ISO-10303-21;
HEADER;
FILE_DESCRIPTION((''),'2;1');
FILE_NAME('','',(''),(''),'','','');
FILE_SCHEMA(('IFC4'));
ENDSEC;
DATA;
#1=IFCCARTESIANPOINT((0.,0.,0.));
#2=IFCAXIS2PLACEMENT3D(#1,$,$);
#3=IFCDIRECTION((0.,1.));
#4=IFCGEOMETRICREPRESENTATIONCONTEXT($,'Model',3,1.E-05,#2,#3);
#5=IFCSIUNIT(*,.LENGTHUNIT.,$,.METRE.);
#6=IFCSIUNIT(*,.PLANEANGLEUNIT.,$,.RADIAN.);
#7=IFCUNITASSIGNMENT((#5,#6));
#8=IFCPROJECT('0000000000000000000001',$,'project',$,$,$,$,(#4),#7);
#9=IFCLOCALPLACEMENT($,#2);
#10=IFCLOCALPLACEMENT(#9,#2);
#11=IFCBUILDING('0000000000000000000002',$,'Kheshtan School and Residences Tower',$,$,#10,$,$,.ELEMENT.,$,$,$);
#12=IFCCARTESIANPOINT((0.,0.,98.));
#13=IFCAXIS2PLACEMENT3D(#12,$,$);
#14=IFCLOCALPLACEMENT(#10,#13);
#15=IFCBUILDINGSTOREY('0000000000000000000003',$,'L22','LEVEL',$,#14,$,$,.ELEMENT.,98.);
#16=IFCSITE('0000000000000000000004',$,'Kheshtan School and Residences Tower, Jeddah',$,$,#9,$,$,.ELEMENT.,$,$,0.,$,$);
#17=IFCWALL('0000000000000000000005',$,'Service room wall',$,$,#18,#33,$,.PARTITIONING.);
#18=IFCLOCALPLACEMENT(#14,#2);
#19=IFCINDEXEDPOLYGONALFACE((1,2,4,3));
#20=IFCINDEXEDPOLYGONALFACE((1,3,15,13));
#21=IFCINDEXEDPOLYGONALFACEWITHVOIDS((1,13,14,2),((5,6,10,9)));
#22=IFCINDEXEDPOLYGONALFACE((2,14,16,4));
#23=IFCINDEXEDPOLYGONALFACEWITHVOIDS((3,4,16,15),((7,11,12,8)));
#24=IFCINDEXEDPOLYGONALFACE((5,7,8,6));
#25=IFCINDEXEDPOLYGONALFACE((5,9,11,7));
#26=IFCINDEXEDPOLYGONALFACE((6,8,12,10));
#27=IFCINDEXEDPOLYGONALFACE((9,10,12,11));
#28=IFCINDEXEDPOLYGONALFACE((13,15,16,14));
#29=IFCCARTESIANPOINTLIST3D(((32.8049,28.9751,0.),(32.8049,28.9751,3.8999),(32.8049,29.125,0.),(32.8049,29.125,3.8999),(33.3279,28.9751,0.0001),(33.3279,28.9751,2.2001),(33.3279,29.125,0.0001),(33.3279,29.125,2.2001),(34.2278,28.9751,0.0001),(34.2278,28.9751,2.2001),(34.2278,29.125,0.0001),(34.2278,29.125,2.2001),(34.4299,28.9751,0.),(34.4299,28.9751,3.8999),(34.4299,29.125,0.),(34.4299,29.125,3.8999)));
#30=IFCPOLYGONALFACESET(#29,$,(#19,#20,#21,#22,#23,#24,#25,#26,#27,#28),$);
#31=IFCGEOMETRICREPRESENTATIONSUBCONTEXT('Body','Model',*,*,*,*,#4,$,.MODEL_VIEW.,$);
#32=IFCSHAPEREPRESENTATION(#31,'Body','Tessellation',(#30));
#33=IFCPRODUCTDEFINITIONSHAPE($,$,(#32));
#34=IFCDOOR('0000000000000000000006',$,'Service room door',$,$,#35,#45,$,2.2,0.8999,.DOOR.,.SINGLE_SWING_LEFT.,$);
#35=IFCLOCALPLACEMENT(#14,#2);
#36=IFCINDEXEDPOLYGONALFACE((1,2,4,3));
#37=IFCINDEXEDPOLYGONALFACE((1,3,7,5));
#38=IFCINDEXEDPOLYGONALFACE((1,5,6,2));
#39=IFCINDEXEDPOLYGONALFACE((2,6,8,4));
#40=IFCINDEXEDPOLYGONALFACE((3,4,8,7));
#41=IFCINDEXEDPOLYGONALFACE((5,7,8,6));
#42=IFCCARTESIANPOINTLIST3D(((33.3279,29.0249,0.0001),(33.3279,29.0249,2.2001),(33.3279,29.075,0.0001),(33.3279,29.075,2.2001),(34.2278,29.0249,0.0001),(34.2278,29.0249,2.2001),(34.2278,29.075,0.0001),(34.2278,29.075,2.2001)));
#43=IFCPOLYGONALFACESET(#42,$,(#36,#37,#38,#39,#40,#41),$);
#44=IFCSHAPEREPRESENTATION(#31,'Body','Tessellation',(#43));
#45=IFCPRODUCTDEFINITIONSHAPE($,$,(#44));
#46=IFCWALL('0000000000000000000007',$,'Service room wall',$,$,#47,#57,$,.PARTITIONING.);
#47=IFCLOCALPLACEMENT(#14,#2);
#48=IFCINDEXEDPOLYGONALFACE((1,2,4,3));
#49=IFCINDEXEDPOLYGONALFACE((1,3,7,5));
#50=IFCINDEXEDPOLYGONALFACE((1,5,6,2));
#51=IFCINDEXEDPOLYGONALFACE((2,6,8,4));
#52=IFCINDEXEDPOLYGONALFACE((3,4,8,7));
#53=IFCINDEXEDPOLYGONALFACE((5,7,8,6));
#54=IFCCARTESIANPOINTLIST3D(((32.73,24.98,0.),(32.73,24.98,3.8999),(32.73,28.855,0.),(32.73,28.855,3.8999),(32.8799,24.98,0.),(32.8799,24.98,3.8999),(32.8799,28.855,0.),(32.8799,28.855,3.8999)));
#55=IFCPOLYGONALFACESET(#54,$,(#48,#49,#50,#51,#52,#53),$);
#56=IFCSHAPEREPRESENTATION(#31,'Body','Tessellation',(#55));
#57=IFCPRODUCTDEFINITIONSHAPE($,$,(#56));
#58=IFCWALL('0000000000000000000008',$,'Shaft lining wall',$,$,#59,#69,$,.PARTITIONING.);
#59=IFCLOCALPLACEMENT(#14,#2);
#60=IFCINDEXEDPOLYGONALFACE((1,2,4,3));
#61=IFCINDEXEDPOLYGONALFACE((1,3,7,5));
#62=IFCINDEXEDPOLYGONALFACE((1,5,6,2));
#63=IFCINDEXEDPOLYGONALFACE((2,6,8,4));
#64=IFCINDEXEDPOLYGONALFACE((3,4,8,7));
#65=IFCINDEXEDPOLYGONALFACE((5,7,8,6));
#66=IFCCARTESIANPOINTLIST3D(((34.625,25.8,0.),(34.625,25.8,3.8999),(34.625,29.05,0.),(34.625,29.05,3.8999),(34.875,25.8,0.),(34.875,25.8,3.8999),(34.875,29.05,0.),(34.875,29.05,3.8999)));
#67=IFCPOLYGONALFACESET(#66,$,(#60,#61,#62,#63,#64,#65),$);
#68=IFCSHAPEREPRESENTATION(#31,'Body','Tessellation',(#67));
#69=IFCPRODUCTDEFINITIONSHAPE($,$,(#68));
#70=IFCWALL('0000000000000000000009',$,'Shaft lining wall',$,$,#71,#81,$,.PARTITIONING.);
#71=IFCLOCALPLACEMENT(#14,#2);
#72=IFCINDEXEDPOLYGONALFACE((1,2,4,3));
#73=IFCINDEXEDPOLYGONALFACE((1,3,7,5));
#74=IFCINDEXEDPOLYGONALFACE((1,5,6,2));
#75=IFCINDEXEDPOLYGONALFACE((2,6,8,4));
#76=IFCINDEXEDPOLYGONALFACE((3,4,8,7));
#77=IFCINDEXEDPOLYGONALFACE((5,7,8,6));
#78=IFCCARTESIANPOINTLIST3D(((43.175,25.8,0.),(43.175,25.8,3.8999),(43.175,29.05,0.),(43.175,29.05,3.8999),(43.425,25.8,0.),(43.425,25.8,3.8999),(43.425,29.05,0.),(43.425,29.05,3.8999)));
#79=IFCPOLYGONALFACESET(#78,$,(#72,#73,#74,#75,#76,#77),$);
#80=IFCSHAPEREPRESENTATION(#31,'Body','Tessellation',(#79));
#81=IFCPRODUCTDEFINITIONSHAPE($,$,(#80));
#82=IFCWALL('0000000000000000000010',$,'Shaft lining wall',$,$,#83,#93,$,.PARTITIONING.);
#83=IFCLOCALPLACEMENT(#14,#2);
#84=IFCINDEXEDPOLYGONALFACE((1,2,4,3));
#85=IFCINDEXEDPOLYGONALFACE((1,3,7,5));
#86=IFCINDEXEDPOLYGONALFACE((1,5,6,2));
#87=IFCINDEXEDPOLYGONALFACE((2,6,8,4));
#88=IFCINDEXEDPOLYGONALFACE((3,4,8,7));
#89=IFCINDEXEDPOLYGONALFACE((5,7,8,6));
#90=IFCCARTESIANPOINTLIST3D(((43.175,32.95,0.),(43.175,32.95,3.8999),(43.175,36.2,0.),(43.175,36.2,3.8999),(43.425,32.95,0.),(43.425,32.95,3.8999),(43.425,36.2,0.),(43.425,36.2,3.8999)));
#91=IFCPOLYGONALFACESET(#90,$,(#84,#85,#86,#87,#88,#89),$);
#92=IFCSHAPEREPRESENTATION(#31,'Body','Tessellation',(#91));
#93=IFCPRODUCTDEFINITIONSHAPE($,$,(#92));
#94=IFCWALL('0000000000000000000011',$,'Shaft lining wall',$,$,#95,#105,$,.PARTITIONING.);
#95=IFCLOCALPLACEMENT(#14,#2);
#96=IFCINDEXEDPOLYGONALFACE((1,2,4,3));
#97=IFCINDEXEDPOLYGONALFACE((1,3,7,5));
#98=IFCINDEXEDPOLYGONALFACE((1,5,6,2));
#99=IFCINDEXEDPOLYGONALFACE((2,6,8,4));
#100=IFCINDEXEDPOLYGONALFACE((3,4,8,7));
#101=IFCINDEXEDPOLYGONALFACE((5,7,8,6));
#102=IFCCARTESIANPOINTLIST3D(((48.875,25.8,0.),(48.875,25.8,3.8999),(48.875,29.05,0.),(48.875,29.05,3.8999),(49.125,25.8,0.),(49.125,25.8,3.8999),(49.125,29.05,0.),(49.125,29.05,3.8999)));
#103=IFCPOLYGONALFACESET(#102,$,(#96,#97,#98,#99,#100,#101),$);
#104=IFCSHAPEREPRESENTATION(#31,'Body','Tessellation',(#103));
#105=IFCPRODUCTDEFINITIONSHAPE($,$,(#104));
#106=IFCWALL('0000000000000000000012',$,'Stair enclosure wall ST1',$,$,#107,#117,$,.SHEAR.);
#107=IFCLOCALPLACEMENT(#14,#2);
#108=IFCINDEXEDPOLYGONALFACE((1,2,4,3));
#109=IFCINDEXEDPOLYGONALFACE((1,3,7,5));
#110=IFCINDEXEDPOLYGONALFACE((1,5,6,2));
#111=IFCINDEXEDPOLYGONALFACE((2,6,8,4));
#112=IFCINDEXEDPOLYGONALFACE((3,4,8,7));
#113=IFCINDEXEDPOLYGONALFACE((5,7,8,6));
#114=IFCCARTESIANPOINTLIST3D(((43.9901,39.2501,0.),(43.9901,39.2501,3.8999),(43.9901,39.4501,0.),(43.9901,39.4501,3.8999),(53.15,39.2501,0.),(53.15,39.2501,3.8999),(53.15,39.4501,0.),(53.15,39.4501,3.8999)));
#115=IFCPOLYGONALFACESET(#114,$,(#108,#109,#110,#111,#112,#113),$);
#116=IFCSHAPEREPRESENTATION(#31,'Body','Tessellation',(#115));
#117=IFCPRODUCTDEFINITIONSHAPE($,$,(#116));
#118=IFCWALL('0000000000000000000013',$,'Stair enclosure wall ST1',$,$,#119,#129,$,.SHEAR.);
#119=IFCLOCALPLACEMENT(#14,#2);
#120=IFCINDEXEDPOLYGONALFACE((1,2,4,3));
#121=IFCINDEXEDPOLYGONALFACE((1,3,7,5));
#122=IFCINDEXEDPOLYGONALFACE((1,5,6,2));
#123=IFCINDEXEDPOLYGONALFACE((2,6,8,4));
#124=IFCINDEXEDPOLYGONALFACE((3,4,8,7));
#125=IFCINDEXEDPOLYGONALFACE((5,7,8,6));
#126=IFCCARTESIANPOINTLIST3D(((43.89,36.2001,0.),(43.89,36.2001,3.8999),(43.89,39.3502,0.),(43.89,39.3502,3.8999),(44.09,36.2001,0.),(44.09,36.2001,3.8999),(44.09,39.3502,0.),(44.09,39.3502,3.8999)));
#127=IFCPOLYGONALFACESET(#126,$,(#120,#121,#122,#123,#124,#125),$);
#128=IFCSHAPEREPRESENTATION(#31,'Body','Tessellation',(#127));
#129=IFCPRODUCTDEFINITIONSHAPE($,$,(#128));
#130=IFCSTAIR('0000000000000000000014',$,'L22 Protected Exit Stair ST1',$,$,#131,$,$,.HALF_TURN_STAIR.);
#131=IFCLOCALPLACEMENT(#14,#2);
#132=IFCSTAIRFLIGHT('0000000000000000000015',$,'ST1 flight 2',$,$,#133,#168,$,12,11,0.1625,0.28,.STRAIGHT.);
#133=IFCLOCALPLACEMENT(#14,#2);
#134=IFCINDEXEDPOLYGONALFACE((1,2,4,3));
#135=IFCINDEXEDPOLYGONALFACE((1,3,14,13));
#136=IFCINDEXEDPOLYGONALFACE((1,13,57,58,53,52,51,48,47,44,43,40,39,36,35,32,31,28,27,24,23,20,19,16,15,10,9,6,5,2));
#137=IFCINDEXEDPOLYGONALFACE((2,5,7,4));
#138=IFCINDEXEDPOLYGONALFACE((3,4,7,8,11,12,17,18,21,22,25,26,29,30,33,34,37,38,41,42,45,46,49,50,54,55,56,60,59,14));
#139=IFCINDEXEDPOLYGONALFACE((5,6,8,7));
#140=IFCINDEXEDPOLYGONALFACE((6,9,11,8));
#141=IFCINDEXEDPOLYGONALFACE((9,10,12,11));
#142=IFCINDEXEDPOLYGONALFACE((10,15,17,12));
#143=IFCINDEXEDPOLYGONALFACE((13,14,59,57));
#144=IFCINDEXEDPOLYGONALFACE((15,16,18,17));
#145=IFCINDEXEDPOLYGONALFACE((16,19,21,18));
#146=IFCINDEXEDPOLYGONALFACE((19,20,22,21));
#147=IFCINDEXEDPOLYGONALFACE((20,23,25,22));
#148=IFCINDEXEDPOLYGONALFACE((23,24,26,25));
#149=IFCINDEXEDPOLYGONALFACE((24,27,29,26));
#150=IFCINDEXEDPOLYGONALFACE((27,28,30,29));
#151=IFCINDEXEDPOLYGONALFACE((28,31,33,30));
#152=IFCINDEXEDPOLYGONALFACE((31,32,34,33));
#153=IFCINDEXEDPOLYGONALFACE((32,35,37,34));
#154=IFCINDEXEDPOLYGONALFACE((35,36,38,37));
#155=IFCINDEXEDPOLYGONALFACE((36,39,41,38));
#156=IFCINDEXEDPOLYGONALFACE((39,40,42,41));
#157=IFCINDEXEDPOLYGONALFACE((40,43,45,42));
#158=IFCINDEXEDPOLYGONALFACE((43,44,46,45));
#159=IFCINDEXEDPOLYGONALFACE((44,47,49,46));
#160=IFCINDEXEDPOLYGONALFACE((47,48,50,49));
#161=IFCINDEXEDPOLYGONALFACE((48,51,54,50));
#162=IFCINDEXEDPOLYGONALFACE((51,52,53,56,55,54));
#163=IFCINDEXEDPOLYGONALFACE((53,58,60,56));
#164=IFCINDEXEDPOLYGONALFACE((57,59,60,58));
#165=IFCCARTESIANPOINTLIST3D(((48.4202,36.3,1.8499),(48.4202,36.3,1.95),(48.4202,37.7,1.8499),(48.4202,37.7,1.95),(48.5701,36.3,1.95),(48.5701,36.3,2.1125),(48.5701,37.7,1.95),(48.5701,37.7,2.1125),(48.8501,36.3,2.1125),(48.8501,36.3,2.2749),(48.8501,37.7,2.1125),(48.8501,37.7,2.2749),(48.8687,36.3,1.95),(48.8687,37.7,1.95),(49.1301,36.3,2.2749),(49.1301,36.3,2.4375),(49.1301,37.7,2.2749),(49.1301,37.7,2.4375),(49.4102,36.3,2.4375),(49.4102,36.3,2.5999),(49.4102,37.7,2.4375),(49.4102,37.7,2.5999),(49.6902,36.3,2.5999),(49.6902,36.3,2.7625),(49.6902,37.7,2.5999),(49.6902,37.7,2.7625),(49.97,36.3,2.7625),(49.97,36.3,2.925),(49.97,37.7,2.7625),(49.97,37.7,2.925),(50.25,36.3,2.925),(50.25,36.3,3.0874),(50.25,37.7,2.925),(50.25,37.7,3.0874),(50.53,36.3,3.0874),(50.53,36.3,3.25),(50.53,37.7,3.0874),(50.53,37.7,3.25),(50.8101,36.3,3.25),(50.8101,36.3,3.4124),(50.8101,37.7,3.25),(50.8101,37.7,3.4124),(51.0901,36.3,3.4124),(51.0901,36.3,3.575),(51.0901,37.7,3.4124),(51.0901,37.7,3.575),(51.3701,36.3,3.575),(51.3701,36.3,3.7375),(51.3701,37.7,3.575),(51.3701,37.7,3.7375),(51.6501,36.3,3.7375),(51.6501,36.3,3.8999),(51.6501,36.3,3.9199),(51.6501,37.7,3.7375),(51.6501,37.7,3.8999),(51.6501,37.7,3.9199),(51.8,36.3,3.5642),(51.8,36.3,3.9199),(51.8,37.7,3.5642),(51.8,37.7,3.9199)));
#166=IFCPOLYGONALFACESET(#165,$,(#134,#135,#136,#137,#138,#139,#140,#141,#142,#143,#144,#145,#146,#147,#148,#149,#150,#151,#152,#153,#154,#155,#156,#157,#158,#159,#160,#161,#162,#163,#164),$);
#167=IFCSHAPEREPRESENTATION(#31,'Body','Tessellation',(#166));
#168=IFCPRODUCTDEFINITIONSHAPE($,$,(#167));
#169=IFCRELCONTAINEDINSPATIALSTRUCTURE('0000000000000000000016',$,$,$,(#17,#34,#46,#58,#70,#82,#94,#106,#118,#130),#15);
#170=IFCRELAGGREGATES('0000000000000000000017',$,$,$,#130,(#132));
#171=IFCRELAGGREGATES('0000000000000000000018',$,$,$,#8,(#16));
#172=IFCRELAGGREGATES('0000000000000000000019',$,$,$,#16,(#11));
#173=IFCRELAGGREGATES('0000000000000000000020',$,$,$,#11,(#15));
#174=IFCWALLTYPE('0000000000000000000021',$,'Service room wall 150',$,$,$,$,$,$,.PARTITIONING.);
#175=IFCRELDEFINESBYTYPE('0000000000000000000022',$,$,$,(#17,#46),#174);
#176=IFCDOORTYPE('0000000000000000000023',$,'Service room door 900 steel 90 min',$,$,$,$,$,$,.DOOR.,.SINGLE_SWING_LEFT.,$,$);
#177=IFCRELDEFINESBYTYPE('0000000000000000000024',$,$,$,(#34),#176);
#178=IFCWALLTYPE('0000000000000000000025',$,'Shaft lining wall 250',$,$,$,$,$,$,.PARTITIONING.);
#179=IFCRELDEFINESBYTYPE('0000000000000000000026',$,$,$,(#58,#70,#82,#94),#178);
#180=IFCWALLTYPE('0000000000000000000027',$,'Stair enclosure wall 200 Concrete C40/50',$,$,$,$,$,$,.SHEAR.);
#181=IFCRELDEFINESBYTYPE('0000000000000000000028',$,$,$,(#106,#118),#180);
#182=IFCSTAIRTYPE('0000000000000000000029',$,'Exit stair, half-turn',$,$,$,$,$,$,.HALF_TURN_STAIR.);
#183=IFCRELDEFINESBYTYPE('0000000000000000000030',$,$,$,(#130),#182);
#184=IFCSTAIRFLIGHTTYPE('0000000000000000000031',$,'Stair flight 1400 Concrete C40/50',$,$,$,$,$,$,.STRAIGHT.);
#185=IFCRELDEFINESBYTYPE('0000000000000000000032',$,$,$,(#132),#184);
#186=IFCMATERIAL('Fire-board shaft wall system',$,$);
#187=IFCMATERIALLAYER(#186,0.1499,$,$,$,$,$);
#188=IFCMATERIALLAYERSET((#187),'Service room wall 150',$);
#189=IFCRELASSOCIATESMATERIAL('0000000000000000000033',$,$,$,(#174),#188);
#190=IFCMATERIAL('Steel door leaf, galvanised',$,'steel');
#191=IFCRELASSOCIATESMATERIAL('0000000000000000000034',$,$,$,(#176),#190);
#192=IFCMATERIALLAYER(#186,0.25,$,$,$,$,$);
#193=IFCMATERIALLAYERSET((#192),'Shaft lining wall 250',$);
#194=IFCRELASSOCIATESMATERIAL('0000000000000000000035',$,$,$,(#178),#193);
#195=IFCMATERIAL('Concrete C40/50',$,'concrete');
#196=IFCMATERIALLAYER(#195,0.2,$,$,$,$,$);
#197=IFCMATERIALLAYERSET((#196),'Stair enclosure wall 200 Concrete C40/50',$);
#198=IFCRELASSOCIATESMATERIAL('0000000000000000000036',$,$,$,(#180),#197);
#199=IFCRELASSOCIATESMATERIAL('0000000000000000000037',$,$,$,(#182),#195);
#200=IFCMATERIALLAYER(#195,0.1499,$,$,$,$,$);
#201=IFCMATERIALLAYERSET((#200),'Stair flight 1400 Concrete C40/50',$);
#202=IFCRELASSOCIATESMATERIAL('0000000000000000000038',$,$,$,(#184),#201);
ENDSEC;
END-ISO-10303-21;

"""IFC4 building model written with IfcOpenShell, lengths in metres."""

from ifc_helpers import new_model, si_unit, direction, frame, frame_2d, origin, place, context, subcontext, project, spatial, polyline, rectangle, outline, extrude, source, transform, mapped, material, layer, layer_set, type_object, element, fill, aggregate, save


model = new_model("IFC4")

# Units and contexts
model_context = context("Model", 3, precision=1e-05, world=origin(), true_north=direction((0.0, 1.0)))
body_context = subcontext(model_context, "Body", "Model", "MODEL_VIEW")
ifc_project = project(units=[si_unit("LENGTHUNIT", "METRE"), si_unit("PLANEANGLEUNIT", "RADIAN")], contexts=[model_context])

# Site, building, storey
site_placement = place(None, origin())
site = spatial("IfcSite", under=ifc_project, at=site_placement, Name="Kheshtan School and Residences Tower, Jeddah", CompositionType="ELEMENT", RefElevation=0.0)
building_placement = place(site_placement, origin())
building = spatial("IfcBuilding", under=site, at=building_placement, Name="Kheshtan School and Residences Tower", CompositionType="ELEMENT")
storey_placement = place(building_placement, frame((0.0, 0.0, 98.0)))
storey = spatial("IfcBuildingStorey", under=building, at=storey_placement, Name="L22", Description="LEVEL", CompositionType="ELEMENT", Elevation=98.0)

# Shared definitions
ifc_material_1 = material(Name="Steel door leaf, galvanised", Category="steel")

# Wall, opening, door
ifc_material_2 = material(Name="Fire-board shaft wall system")
ifc_layer_1 = layer(ifc_material_2, 0.1499)
ifc_layer_set_1 = layer_set([ifc_layer_1], Name="Service room wall 150")
wall_type_1 = type_object("IfcWallType", Name="Service room wall 150", PredefinedType="PARTITIONING", material=ifc_layer_set_1)
wall_1_placement = place(storey_placement, frame((32.8049, 29.05, 0.0), z_axis=(0.0, 0.0, 1.0), x_axis=(1.0, 0.0, 0.0)))
wall_1 = element("IfcWall", 1, at=wall_1_placement, inside=storey, type_object=wall_type_1, Name="Service room wall", PredefinedType="PARTITIONING", context=body_context, shape_type="SweptSolid", body=[
    extrude(rectangle(XDim=1.625, YDim=0.1499, at=frame_2d((0.8125, 0.0))), origin(), (0.0, 0.0, 1.0), 3.8999),
])
opening_1_placement = place(wall_1_placement, frame((0.5229, 0.0, 0.0)))
opening_1 = element("IfcOpeningElement", 2, at=opening_1_placement, cuts=wall_1, PredefinedType="OPENING", context=body_context, shape_type="SweptSolid", body=[
    extrude(rectangle(XDim=0.8999, YDim=2.2, at=frame_2d((0.45, 1.1001))), frame((0.0, 0.085, 0.0), z_axis=(0.0, -1.0, 0.0), x_axis=(1.0, 0.0, 0.0)), (0.0, 0.0, 1.0), 0.1699),
])
door_type_1 = type_object("IfcDoorType", Name="Service room door 900 steel 90 min", OperationType="SINGLE_SWING_LEFT", PredefinedType="DOOR", material=ifc_material_1)
shared_shape_1 = source(origin(), body_context, "Body", "SweptSolid", [
    extrude(rectangle(XDim=0.8999, YDim=2.2, at=frame_2d((0.45, 1.1001))), frame((0.0, 0.0249, 0.0), z_axis=(0.0, -1.0, 0.0), x_axis=(1.0, 0.0, 0.0)), (0.0, 0.0, 1.0), 0.05),
])
door_1_placement = place(opening_1_placement, origin())
door_1 = element("IfcDoor", 3, at=door_1_placement, inside=storey, type_object=door_type_1, Name="Service room door", OperationType="SINGLE_SWING_LEFT", OverallHeight=2.2, OverallWidth=0.8999, PredefinedType="DOOR", context=body_context, shape_type="MappedRepresentation", body=[
    mapped(shared_shape_1, transform((0.0, 0.0, 0.0), x_axis=(1.0, 0.0, 0.0), y_axis=(0.0, 1.0, 0.0), z_axis=(0.0, 0.0, 1.0), scale=1.0)),
])
fill(opening_1, door_1)

# Walls
wall_2_placement = place(storey_placement, frame((32.8049, 24.98, 0.0), z_axis=(0.0, 0.0, 1.0), x_axis=(0.0, 1.0, 0.0)))
element("IfcWall", 4, at=wall_2_placement, inside=storey, type_object=wall_type_1, Name="Service room wall", PredefinedType="PARTITIONING", context=body_context, shape_type="SweptSolid", body=[
    extrude(rectangle(XDim=3.875, YDim=0.1499, at=frame_2d((1.9375, 0.0))), origin(), (0.0, 0.0, 1.0), 3.8999),
])
ifc_layer_2 = layer(ifc_material_2, 0.25)
ifc_layer_set_2 = layer_set([ifc_layer_2], Name="Shaft lining wall 250")
wall_type_2 = type_object("IfcWallType", Name="Shaft lining wall 250", PredefinedType="PARTITIONING", material=ifc_layer_set_2)
for number, where, z_axis, x_axis, name in (
    (5, (34.75, 25.8, 0.0), (0.0, 0.0, 1.0), (0.0, 1.0, 0.0), "Shaft lining wall"),
    (6, (43.3, 25.8, 0.0), (0.0, 0.0, 1.0), (0.0, 1.0, 0.0), "Shaft lining wall"),
    (7, (43.3, 32.95, 0.0), (0.0, 0.0, 1.0), (0.0, 1.0, 0.0), "Shaft lining wall"),
    (8, (49.0, 25.8, 0.0), (0.0, 0.0, 1.0), (0.0, 1.0, 0.0), "Shaft lining wall"),
):
    element("IfcWall", number, at=place(storey_placement, frame(where, z_axis=z_axis, x_axis=x_axis)), inside=storey, type_object=wall_type_2, Name=name, PredefinedType="PARTITIONING", context=body_context, shape_type="SweptSolid", body=[
        extrude(rectangle(XDim=3.25, YDim=0.25, at=frame_2d((1.625, 0.0))), origin(), (0.0, 0.0, 1.0), 3.8999),
    ])
ifc_material_3 = material(Name="Concrete C40/50", Category="concrete")
ifc_layer_3 = layer(ifc_material_3, 0.2)
ifc_layer_set_3 = layer_set([ifc_layer_3], Name="Stair enclosure wall 200 Concrete C40/50")
wall_type_3 = type_object("IfcWallType", Name="Stair enclosure wall 200 Concrete C40/50", PredefinedType="SHEAR", material=ifc_layer_set_3)
wall_3_placement = place(storey_placement, frame((43.99, 39.3501, 0.0), z_axis=(0.0, 0.0, 1.0), x_axis=(1.0, 0.0, 0.0)))
element("IfcWall", 9, at=wall_3_placement, inside=storey, type_object=wall_type_3, Name="Stair enclosure wall ST1", PredefinedType="SHEAR", context=body_context, shape_type="SweptSolid", body=[
    extrude(rectangle(XDim=9.1599, YDim=0.2, at=frame_2d((4.5801, 0.0))), origin(), (0.0, 0.0, 1.0), 3.8999),
])
wall_4_placement = place(storey_placement, frame((43.99, 36.2, 0.0), z_axis=(0.0, 0.0, 1.0), x_axis=(0.0, 1.0, 0.0)))
element("IfcWall", 10, at=wall_4_placement, inside=storey, type_object=wall_type_3, Name="Stair enclosure wall ST1", PredefinedType="SHEAR", context=body_context, shape_type="SweptSolid", body=[
    extrude(rectangle(XDim=3.1501, YDim=0.2, at=frame_2d((1.5752, 0.0))), origin(), (0.0, 0.0, 1.0), 3.8999),
])

# Stair, stair flight
stair_type = type_object("IfcStairType", Name="Exit stair, half-turn", PredefinedType="HALF_TURN_STAIR", material=ifc_material_3)
stair_placement = place(storey_placement, origin())
stair = element("IfcStair", 11, at=stair_placement, inside=storey, type_object=stair_type, Name="L22 Protected Exit Stair ST1", PredefinedType="HALF_TURN_STAIR")
ifc_layer_4 = layer(ifc_material_3, 0.1499)
ifc_layer_set_4 = layer_set([ifc_layer_4], Name="Stair flight 1400 Concrete C40/50")
stair_flight_type = type_object("IfcStairFlightType", Name="Stair flight 1400 Concrete C40/50", PredefinedType="STRAIGHT", material=ifc_layer_set_4)
stair_flight_placement = place(storey_placement, frame((48.5701, 37.0, 1.95), z_axis=(0.0, 0.0, 1.0), x_axis=(1.0, 0.0, 0.0)))
stair_flight = element("IfcStairFlight", 12, at=stair_flight_placement, type_object=stair_flight_type, Name="ST1 flight 2", NumberOfRisers=12, NumberOfTreads=11, PredefinedType="STRAIGHT", RiserHeight=0.1625, TreadLength=0.28, context=body_context, shape_type="SweptSolid", body=[
    extrude(outline(polyline([(-0.1499, -0.1001), (-0.1499, 0.0), (0.0, 0.0), (0.0, 0.1626), (0.28, 0.1626), (0.28, 0.325), (0.5601, 0.325), (0.5601, 0.4875), (0.8401, 0.4875), (0.8401, 0.6499), (1.1201, 0.6499), (1.1201, 0.8125), (1.3999, 0.8125), (1.3999, 0.9751), (1.6799, 0.9751), (1.6799, 1.1375), (1.96, 1.1375), (1.96, 1.3), (2.24, 1.3), (2.24, 1.4624), (2.52, 1.4624), (2.52, 1.625), (2.8, 1.625), (2.8, 1.7876), (3.0801, 1.7876), (3.0801, 1.95), (3.0801, 1.97), (3.23, 1.97), (3.23, 1.6143), (0.2986, 0.0), (-0.1499, -0.1001)])), frame((0.0, 0.7, 0.0), z_axis=(0.0, -1.0, 0.0), x_axis=(1.0, 0.0, 0.0)), (0.0, 0.0, 1.0), 1.3999),
])
aggregate(stair, [stair_flight])

save(model, "model.ifc")
